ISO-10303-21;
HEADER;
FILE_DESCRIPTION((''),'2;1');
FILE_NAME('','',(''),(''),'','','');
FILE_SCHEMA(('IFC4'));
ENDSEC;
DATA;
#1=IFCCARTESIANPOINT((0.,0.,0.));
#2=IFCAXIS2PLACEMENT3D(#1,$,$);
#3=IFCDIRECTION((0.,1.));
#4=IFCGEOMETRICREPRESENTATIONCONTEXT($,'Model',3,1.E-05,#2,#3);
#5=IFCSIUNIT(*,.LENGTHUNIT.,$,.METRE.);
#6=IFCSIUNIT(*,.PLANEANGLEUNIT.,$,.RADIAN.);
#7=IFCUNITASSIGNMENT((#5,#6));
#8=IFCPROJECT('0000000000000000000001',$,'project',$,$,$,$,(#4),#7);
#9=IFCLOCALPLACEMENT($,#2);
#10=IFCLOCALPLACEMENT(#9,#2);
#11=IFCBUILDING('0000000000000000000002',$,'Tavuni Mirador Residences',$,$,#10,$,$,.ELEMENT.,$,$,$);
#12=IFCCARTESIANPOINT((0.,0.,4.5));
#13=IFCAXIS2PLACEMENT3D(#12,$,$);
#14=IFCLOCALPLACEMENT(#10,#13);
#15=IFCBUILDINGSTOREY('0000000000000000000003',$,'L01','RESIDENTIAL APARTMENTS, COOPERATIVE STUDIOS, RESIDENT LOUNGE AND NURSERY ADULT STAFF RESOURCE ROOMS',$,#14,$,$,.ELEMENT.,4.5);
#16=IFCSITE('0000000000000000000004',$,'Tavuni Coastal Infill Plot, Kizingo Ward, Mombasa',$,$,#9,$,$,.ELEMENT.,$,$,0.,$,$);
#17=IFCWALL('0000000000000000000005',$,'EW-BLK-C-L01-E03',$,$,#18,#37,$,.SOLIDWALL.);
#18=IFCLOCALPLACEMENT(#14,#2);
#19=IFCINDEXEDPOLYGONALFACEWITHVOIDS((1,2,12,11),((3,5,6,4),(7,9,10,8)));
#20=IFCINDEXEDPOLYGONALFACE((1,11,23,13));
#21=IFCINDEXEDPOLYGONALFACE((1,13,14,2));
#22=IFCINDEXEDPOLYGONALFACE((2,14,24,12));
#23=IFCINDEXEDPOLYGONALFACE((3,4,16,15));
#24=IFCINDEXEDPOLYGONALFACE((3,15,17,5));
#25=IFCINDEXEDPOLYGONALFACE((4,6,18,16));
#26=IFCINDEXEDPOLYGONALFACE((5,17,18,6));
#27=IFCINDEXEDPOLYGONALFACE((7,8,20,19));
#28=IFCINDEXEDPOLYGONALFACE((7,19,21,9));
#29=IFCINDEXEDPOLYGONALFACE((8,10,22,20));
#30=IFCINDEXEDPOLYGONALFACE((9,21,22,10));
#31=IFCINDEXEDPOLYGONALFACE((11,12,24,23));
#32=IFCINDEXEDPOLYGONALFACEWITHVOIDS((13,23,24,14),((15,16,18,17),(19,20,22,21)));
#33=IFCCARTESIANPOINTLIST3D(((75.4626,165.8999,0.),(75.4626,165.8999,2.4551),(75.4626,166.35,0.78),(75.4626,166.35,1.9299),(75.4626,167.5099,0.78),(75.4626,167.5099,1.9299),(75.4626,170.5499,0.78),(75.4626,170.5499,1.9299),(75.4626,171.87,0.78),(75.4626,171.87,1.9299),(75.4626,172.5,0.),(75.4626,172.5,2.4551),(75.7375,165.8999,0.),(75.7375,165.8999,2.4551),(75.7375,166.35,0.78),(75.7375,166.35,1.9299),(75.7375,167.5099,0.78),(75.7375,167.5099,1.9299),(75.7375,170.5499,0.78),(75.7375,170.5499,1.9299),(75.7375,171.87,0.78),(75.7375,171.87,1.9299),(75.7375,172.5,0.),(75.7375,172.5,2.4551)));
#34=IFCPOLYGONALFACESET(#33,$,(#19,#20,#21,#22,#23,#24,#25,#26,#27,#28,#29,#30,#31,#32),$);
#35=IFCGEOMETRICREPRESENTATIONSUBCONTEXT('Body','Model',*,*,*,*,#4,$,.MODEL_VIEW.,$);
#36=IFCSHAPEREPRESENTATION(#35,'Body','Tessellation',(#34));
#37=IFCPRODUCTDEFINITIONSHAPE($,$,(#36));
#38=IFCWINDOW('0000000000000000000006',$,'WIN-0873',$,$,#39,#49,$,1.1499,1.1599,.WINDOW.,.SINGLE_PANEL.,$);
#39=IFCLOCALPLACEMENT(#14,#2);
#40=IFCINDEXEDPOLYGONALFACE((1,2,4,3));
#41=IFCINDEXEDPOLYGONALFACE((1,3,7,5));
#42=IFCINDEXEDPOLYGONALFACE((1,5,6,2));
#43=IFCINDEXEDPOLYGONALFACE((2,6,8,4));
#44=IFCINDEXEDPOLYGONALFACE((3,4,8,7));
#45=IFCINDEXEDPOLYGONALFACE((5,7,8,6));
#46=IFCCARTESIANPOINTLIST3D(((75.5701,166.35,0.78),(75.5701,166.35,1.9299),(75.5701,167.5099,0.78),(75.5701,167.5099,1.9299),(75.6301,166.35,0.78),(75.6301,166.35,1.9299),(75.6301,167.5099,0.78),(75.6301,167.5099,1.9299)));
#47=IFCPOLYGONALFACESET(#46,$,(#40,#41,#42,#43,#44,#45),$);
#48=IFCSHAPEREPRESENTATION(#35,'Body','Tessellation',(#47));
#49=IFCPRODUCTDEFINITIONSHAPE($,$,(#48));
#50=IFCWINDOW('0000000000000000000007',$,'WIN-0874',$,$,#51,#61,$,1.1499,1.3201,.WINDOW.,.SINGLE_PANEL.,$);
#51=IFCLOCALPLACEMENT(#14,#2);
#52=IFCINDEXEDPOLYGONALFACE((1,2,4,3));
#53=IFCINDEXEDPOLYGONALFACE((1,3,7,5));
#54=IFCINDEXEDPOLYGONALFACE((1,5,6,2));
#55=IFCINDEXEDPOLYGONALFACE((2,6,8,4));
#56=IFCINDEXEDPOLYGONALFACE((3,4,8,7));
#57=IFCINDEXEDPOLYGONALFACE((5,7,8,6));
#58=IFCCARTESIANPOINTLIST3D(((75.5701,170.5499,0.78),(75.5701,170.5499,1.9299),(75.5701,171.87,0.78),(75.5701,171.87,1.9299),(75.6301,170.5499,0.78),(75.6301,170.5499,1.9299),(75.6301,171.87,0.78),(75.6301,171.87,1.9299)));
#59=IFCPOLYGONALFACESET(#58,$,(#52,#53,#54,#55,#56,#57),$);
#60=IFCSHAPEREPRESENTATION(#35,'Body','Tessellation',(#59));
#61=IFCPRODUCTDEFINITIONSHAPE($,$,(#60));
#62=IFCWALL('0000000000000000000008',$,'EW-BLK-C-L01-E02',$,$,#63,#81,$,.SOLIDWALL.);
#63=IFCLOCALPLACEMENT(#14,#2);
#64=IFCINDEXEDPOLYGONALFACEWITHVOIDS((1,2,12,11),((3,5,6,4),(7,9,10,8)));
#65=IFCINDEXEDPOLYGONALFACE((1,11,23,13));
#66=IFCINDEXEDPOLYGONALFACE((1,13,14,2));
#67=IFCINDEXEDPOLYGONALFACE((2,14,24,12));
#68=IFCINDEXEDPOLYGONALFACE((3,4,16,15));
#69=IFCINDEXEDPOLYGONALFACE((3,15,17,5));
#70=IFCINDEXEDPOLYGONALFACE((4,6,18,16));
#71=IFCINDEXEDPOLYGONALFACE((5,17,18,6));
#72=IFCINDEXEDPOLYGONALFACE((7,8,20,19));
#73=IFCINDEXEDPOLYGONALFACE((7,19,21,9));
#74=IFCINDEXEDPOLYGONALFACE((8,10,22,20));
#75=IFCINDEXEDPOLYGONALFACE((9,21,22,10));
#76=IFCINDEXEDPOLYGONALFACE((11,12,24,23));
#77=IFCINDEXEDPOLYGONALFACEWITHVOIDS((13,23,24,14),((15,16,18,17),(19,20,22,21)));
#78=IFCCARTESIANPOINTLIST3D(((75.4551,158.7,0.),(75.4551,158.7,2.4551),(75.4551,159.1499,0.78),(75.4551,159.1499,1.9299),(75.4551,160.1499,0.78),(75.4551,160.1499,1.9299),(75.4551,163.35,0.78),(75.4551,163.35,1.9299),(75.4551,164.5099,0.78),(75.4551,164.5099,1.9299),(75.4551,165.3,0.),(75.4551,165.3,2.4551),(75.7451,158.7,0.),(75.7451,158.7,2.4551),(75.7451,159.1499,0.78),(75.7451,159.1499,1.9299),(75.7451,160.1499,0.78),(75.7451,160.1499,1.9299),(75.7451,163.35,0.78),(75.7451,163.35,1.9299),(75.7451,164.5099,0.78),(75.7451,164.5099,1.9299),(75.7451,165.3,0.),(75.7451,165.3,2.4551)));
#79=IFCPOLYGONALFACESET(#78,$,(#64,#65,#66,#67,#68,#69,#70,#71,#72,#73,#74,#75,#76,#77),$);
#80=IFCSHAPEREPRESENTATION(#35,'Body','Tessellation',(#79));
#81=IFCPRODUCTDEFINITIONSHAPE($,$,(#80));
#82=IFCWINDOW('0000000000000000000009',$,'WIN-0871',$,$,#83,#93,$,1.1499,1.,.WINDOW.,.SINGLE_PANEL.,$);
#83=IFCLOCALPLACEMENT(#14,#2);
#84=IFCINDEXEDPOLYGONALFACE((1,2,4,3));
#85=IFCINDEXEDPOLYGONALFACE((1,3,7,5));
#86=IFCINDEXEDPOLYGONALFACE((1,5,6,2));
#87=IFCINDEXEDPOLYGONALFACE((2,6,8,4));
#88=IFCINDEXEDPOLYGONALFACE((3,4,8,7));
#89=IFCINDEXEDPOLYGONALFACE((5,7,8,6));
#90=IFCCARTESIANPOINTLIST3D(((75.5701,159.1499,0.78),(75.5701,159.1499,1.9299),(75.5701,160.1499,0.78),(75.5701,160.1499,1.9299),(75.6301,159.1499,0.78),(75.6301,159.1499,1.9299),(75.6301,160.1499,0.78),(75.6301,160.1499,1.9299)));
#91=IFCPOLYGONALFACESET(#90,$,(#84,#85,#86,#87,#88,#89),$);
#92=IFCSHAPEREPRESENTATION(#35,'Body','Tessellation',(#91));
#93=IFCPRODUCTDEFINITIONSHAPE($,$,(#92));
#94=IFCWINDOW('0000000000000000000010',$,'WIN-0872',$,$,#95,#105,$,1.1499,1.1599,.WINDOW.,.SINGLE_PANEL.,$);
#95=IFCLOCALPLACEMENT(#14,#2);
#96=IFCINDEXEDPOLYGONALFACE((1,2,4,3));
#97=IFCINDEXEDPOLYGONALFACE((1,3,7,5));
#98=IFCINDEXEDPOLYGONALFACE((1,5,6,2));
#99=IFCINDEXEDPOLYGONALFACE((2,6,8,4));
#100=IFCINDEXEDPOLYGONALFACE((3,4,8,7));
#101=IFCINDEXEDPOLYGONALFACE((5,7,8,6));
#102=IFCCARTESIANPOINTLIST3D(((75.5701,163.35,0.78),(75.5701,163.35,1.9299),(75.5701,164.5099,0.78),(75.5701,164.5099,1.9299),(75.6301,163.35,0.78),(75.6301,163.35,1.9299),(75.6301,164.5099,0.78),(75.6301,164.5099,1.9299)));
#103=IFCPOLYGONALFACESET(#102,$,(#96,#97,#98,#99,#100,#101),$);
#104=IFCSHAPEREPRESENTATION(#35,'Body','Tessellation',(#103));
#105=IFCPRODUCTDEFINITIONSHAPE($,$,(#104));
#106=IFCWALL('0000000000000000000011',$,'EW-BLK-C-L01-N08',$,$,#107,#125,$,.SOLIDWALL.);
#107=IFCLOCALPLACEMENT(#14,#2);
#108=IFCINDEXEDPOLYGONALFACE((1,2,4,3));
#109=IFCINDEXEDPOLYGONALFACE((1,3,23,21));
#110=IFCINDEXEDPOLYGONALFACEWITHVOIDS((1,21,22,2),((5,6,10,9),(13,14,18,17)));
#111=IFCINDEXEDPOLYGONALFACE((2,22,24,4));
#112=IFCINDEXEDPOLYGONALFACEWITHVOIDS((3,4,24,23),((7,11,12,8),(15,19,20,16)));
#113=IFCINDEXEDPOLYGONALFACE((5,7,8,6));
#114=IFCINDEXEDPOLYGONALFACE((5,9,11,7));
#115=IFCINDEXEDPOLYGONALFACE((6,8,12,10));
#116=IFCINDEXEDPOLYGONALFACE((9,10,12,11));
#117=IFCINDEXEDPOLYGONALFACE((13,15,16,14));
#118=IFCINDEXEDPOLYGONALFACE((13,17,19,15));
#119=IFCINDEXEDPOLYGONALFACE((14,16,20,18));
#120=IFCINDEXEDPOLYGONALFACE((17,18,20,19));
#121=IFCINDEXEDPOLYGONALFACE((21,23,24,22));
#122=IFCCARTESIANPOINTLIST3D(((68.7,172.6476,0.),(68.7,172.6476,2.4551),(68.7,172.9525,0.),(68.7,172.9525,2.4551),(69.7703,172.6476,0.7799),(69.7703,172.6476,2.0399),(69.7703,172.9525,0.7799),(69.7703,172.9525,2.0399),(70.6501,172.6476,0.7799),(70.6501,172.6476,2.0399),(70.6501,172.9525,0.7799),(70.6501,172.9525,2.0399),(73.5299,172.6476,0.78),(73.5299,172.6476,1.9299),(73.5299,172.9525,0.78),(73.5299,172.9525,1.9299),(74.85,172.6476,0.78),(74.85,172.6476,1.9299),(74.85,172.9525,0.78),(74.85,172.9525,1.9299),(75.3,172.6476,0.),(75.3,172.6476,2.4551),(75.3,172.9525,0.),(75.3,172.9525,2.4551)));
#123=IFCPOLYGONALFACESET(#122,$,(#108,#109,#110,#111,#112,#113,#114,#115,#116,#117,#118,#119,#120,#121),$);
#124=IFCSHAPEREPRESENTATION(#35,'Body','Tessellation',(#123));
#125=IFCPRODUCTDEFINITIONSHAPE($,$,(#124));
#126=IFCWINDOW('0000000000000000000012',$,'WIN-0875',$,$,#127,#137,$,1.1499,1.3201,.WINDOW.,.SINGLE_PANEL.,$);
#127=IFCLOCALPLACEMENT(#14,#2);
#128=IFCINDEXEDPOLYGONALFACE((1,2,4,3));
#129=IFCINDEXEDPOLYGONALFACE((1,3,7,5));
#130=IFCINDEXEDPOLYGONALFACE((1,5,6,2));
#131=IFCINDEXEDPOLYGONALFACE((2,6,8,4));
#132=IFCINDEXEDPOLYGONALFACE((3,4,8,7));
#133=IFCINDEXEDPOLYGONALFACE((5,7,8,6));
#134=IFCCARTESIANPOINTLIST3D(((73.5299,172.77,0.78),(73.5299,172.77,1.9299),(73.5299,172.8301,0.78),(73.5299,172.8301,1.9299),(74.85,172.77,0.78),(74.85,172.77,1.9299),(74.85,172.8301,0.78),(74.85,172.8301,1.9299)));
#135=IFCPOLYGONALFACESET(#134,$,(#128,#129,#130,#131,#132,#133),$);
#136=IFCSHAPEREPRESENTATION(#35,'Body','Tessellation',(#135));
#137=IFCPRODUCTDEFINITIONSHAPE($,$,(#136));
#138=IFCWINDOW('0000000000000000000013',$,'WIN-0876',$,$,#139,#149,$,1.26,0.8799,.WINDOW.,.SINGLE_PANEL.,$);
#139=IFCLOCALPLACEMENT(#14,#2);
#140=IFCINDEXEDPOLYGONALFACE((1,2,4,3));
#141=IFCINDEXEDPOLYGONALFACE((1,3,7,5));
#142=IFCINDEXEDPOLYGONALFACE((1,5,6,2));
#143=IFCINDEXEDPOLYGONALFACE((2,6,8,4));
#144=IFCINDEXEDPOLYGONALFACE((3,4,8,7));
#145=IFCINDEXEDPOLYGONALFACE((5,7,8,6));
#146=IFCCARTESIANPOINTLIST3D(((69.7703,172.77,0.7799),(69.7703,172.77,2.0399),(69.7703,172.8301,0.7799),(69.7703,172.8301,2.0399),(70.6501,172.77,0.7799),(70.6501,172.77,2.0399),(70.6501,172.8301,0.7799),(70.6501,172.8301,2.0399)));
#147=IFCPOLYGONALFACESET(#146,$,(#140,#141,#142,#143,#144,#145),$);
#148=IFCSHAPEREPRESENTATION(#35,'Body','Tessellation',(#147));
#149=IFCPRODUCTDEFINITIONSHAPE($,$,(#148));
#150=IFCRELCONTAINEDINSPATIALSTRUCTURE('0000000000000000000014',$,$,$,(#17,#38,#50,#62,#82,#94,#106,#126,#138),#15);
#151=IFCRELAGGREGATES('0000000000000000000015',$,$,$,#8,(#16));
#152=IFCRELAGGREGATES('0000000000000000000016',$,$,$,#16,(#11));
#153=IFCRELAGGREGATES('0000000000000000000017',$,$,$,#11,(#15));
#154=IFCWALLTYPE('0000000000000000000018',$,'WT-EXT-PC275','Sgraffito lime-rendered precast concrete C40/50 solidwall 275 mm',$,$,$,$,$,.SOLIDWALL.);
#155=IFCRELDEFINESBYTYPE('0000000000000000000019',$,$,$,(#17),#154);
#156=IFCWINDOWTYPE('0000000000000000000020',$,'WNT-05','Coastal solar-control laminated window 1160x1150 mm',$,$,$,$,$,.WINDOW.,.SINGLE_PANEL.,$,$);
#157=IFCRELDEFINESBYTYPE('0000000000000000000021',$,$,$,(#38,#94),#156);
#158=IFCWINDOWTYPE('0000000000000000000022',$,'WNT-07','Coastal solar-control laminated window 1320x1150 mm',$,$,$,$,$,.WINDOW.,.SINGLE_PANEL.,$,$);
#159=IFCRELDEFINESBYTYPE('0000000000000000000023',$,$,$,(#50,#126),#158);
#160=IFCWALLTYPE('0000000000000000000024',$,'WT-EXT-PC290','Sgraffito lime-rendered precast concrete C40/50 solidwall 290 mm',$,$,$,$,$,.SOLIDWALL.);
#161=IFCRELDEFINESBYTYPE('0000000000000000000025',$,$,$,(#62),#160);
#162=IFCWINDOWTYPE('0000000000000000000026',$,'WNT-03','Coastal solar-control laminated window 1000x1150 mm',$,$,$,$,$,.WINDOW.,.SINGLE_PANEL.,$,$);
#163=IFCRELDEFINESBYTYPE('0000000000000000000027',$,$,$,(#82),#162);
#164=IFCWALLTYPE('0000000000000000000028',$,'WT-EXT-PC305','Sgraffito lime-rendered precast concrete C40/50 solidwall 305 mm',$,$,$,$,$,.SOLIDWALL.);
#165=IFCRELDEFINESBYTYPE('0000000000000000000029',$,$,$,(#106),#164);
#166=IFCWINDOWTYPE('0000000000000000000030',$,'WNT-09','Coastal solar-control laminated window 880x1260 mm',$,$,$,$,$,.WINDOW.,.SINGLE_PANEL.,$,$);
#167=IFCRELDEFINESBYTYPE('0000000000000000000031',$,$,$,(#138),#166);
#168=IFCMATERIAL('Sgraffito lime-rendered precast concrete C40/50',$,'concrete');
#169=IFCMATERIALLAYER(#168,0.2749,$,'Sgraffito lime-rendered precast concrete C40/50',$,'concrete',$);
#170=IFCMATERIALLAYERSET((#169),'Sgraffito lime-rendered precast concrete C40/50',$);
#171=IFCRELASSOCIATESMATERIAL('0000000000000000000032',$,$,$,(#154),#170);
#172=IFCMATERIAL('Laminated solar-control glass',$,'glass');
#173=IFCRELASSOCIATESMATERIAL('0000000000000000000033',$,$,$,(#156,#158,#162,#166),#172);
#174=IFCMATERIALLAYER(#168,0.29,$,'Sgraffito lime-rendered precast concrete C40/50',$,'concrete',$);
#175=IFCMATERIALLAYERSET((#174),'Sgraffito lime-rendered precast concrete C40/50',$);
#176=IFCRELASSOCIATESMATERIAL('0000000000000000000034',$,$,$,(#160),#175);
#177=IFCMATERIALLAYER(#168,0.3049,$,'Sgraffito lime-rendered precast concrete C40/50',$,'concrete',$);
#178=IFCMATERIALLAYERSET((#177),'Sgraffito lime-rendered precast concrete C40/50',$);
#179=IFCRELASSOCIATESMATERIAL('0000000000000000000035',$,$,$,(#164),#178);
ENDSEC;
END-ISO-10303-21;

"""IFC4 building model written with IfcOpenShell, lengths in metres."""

from ifc_helpers import new_model, si_unit, direction, frame, frame_2d, origin, place, context, subcontext, project, spatial, rectangle, extrude, material, layer, layer_set, type_object, element, fill, save


model = new_model("IFC4")

# Units and contexts
model_context = context("Model", 3, precision=1e-05, world=origin(), true_north=direction((0.0, 1.0)))
body_context = subcontext(model_context, "Body", "Model", "MODEL_VIEW")
ifc_project = project(units=[si_unit("LENGTHUNIT", "METRE"), si_unit("PLANEANGLEUNIT", "RADIAN")], contexts=[model_context])

# Site, building, storey
site_placement = place(None, origin())
site = spatial("IfcSite", under=ifc_project, at=site_placement, Name="Tavuni Coastal Infill Plot, Kizingo Ward, Mombasa", CompositionType="ELEMENT", RefElevation=0.0)
building_placement = place(site_placement, origin())
building = spatial("IfcBuilding", under=site, at=building_placement, Name="Tavuni Mirador Residences", CompositionType="ELEMENT")
storey_placement = place(building_placement, frame((0.0, 0.0, 4.5)))
storey = spatial("IfcBuildingStorey", under=building, at=storey_placement, Name="L01", Description="RESIDENTIAL APARTMENTS, COOPERATIVE STUDIOS, RESIDENT LOUNGE AND NURSERY ADULT STAFF RESOURCE ROOMS", CompositionType="ELEMENT", Elevation=4.5)

# Walls, openings, windows
ifc_material_1 = material(Name="Sgraffito lime-rendered precast concrete C40/50", Category="concrete")
ifc_layer_1 = layer(ifc_material_1, 0.2749, Name="Sgraffito lime-rendered precast concrete C40/50", Category="concrete")
ifc_layer_set_1 = layer_set([ifc_layer_1], Name="Sgraffito lime-rendered precast concrete C40/50")
wall_type_1 = type_object("IfcWallType", Name="WT-EXT-PC275", Description="Sgraffito lime-rendered precast concrete C40/50 solidwall 275 mm", PredefinedType="SOLIDWALL", material=ifc_layer_set_1)
wall_1_placement = place(storey_placement, frame((75.6001, 165.8999, 0.0), z_axis=(0.0, 0.0, 1.0), x_axis=(0.0, 1.0, 0.0)))
wall_1 = element("IfcWall", 1, at=wall_1_placement, inside=storey, type_object=wall_type_1, Name="EW-BLK-C-L01-E03", PredefinedType="SOLIDWALL", context=body_context, shape_type="SweptSolid", body=[
    extrude(rectangle(XDim=6.6001, YDim=0.2749, at=frame_2d((3.3, 0.0))), origin(), (0.0, 0.0, 1.0), 2.4551),
])
opening_1_placement = place(wall_1_placement, frame((0.45, 0.0, 0.78)))
opening_1 = element("IfcOpeningElement", 2, at=opening_1_placement, cuts=wall_1, PredefinedType="OPENING", context=body_context, shape_type="SweptSolid", body=[
    extrude(rectangle(XDim=1.1599, YDim=1.1499, at=frame_2d((0.5801, 0.575))), frame((0.0, 0.1475, 0.0), z_axis=(0.0, -1.0, 0.0), x_axis=(1.0, 0.0, 0.0)), (0.0, 0.0, 1.0), 0.2949),
])
opening_2_placement = place(wall_1_placement, frame((4.6499, 0.0, 0.78)))
opening_2 = element("IfcOpeningElement", 3, at=opening_2_placement, cuts=wall_1, PredefinedType="OPENING", context=body_context, shape_type="SweptSolid", body=[
    extrude(rectangle(XDim=1.3201, YDim=1.1499, at=frame_2d((0.6602, 0.575))), frame((0.0, 0.1475, 0.0), z_axis=(0.0, -1.0, 0.0), x_axis=(1.0, 0.0, 0.0)), (0.0, 0.0, 1.0), 0.2949),
])
ifc_material_2 = material(Name="Laminated solar-control glass", Category="glass")
window_type_1 = type_object("IfcWindowType", Name="WNT-05", Description="Coastal solar-control laminated window 1160x1150 mm", PartitioningType="SINGLE_PANEL", PredefinedType="WINDOW", material=ifc_material_2)
window_1_placement = place(opening_1_placement, origin())
window_1 = element("IfcWindow", 4, at=window_1_placement, inside=storey, type_object=window_type_1, Name="WIN-0873", OverallHeight=1.1499, OverallWidth=1.1599, PartitioningType="SINGLE_PANEL", PredefinedType="WINDOW", context=body_context, shape_type="SweptSolid", body=[
    extrude(rectangle(XDim=1.1599, YDim=1.1499, at=frame_2d((0.5801, 0.575))), frame((0.0, 0.03, 0.0), z_axis=(0.0, -1.0, 0.0), x_axis=(1.0, 0.0, 0.0)), (0.0, 0.0, 1.0), 0.0601),
])
fill(opening_1, window_1)
window_type_2 = type_object("IfcWindowType", Name="WNT-07", Description="Coastal solar-control laminated window 1320x1150 mm", PartitioningType="SINGLE_PANEL", PredefinedType="WINDOW", material=ifc_material_2)
window_2_placement = place(opening_2_placement, origin())
window_2 = element("IfcWindow", 5, at=window_2_placement, inside=storey, type_object=window_type_2, Name="WIN-0874", OverallHeight=1.1499, OverallWidth=1.3201, PartitioningType="SINGLE_PANEL", PredefinedType="WINDOW", context=body_context, shape_type="SweptSolid", body=[
    extrude(rectangle(XDim=1.3201, YDim=1.1499, at=frame_2d((0.6602, 0.575))), frame((0.0, 0.03, 0.0), z_axis=(0.0, -1.0, 0.0), x_axis=(1.0, 0.0, 0.0)), (0.0, 0.0, 1.0), 0.0601),
])
fill(opening_2, window_2)
ifc_layer_2 = layer(ifc_material_1, 0.29, Name="Sgraffito lime-rendered precast concrete C40/50", Category="concrete")
ifc_layer_set_2 = layer_set([ifc_layer_2], Name="Sgraffito lime-rendered precast concrete C40/50")
wall_type_2 = type_object("IfcWallType", Name="WT-EXT-PC290", Description="Sgraffito lime-rendered precast concrete C40/50 solidwall 290 mm", PredefinedType="SOLIDWALL", material=ifc_layer_set_2)
wall_2_placement = place(storey_placement, frame((75.6001, 158.7, 0.0), z_axis=(0.0, 0.0, 1.0), x_axis=(0.0, 1.0, 0.0)))
wall_2 = element("IfcWall", 6, at=wall_2_placement, inside=storey, type_object=wall_type_2, Name="EW-BLK-C-L01-E02", PredefinedType="SOLIDWALL", context=body_context, shape_type="SweptSolid", body=[
    extrude(rectangle(XDim=6.6001, YDim=0.29, at=frame_2d((3.3, 0.0))), origin(), (0.0, 0.0, 1.0), 2.4551),
])
opening_3_placement = place(wall_2_placement, frame((0.45, 0.0, 0.78)))
opening_3 = element("IfcOpeningElement", 7, at=opening_3_placement, cuts=wall_2, PredefinedType="OPENING", context=body_context, shape_type="SweptSolid", body=[
    extrude(rectangle(XDim=1.0, YDim=1.1499, at=frame_2d((0.5, 0.575))), frame((0.0, 0.155, 0.0), z_axis=(0.0, -1.0, 0.0), x_axis=(1.0, 0.0, 0.0)), (0.0, 0.0, 1.0), 0.3101),
])
opening_4_placement = place(wall_2_placement, frame((4.6499, 0.0, 0.78)))
opening_4 = element("IfcOpeningElement", 8, at=opening_4_placement, cuts=wall_2, PredefinedType="OPENING", context=body_context, shape_type="SweptSolid", body=[
    extrude(rectangle(XDim=1.1599, YDim=1.1499, at=frame_2d((0.5801, 0.575))), frame((0.0, 0.155, 0.0), z_axis=(0.0, -1.0, 0.0), x_axis=(1.0, 0.0, 0.0)), (0.0, 0.0, 1.0), 0.3101),
])
window_type_3 = type_object("IfcWindowType", Name="WNT-03", Description="Coastal solar-control laminated window 1000x1150 mm", PartitioningType="SINGLE_PANEL", PredefinedType="WINDOW", material=ifc_material_2)
window_3_placement = place(opening_3_placement, origin())
window_3 = element("IfcWindow", 9, at=window_3_placement, inside=storey, type_object=window_type_3, Name="WIN-0871", OverallHeight=1.1499, OverallWidth=1.0, PartitioningType="SINGLE_PANEL", PredefinedType="WINDOW", context=body_context, shape_type="SweptSolid", body=[
    extrude(rectangle(XDim=1.0, YDim=1.1499, at=frame_2d((0.5, 0.575))), frame((0.0, 0.03, 0.0), z_axis=(0.0, -1.0, 0.0), x_axis=(1.0, 0.0, 0.0)), (0.0, 0.0, 1.0), 0.0601),
])
fill(opening_3, window_3)
window_4_placement = place(opening_4_placement, origin())
window_4 = element("IfcWindow", 10, at=window_4_placement, inside=storey, type_object=window_type_1, Name="WIN-0872", OverallHeight=1.1499, OverallWidth=1.1599, PartitioningType="SINGLE_PANEL", PredefinedType="WINDOW", context=body_context, shape_type="SweptSolid", body=[
    extrude(rectangle(XDim=1.1599, YDim=1.1499, at=frame_2d((0.5801, 0.575))), frame((0.0, 0.03, 0.0), z_axis=(0.0, -1.0, 0.0), x_axis=(1.0, 0.0, 0.0)), (0.0, 0.0, 1.0), 0.0601),
])
fill(opening_4, window_4)
ifc_layer_3 = layer(ifc_material_1, 0.3049, Name="Sgraffito lime-rendered precast concrete C40/50", Category="concrete")
ifc_layer_set_3 = layer_set([ifc_layer_3], Name="Sgraffito lime-rendered precast concrete C40/50")
wall_type_3 = type_object("IfcWallType", Name="WT-EXT-PC305", Description="Sgraffito lime-rendered precast concrete C40/50 solidwall 305 mm", PredefinedType="SOLIDWALL", material=ifc_layer_set_3)
wall_3_placement = place(storey_placement, frame((75.3, 172.8, 0.0), z_axis=(0.0, 0.0, 1.0), x_axis=(-1.0, 0.0, 0.0)))
wall_3 = element("IfcWall", 11, at=wall_3_placement, inside=storey, type_object=wall_type_3, Name="EW-BLK-C-L01-N08", PredefinedType="SOLIDWALL", context=body_context, shape_type="SweptSolid", body=[
    extrude(rectangle(XDim=6.6001, YDim=0.3049, at=frame_2d((3.3, 0.0))), origin(), (0.0, 0.0, 1.0), 2.4551),
])
opening_5_placement = place(wall_3_placement, frame((0.45, 0.0, 0.78)))
opening_5 = element("IfcOpeningElement", 12, at=opening_5_placement, cuts=wall_3, PredefinedType="OPENING", context=body_context, shape_type="SweptSolid", body=[
    extrude(rectangle(XDim=1.3201, YDim=1.1499, at=frame_2d((0.6602, 0.575))), frame((0.0, 0.1626, 0.0), z_axis=(0.0, -1.0, 0.0), x_axis=(1.0, 0.0, 0.0)), (0.0, 0.0, 1.0), 0.325),
])
opening_6_placement = place(wall_3_placement, frame((4.6499, 0.0, 0.78)))
opening_6 = element("IfcOpeningElement", 13, at=opening_6_placement, cuts=wall_3, PredefinedType="OPENING", context=body_context, shape_type="SweptSolid", body=[
    extrude(rectangle(XDim=0.8799, YDim=1.26, at=frame_2d((0.4399, 0.6299))), frame((0.0, 0.1626, 0.0), z_axis=(0.0, -1.0, 0.0), x_axis=(1.0, 0.0, 0.0)), (0.0, 0.0, 1.0), 0.325),
])
window_5_placement = place(opening_5_placement, origin())
window_5 = element("IfcWindow", 14, at=window_5_placement, inside=storey, type_object=window_type_2, Name="WIN-0875", OverallHeight=1.1499, OverallWidth=1.3201, PartitioningType="SINGLE_PANEL", PredefinedType="WINDOW", context=body_context, shape_type="SweptSolid", body=[
    extrude(rectangle(XDim=1.3201, YDim=1.1499, at=frame_2d((0.6602, 0.575))), frame((0.0, 0.03, 0.0), z_axis=(0.0, -1.0, 0.0), x_axis=(1.0, 0.0, 0.0)), (0.0, 0.0, 1.0), 0.0601),
])
fill(opening_5, window_5)
window_type_4 = type_object("IfcWindowType", Name="WNT-09", Description="Coastal solar-control laminated window 880x1260 mm", PartitioningType="SINGLE_PANEL", PredefinedType="WINDOW", material=ifc_material_2)
window_6_placement = place(opening_6_placement, origin())
window_6 = element("IfcWindow", 15, at=window_6_placement, inside=storey, type_object=window_type_4, Name="WIN-0876", OverallHeight=1.26, OverallWidth=0.8799, PartitioningType="SINGLE_PANEL", PredefinedType="WINDOW", context=body_context, shape_type="SweptSolid", body=[
    extrude(rectangle(XDim=0.8799, YDim=1.26, at=frame_2d((0.4399, 0.6299))), frame((0.0, 0.03, 0.0), z_axis=(0.0, -1.0, 0.0), x_axis=(1.0, 0.0, 0.0)), (0.0, 0.0, 1.0), 0.0601),
])
fill(opening_6, window_6)

save(model, "model.ifc")
